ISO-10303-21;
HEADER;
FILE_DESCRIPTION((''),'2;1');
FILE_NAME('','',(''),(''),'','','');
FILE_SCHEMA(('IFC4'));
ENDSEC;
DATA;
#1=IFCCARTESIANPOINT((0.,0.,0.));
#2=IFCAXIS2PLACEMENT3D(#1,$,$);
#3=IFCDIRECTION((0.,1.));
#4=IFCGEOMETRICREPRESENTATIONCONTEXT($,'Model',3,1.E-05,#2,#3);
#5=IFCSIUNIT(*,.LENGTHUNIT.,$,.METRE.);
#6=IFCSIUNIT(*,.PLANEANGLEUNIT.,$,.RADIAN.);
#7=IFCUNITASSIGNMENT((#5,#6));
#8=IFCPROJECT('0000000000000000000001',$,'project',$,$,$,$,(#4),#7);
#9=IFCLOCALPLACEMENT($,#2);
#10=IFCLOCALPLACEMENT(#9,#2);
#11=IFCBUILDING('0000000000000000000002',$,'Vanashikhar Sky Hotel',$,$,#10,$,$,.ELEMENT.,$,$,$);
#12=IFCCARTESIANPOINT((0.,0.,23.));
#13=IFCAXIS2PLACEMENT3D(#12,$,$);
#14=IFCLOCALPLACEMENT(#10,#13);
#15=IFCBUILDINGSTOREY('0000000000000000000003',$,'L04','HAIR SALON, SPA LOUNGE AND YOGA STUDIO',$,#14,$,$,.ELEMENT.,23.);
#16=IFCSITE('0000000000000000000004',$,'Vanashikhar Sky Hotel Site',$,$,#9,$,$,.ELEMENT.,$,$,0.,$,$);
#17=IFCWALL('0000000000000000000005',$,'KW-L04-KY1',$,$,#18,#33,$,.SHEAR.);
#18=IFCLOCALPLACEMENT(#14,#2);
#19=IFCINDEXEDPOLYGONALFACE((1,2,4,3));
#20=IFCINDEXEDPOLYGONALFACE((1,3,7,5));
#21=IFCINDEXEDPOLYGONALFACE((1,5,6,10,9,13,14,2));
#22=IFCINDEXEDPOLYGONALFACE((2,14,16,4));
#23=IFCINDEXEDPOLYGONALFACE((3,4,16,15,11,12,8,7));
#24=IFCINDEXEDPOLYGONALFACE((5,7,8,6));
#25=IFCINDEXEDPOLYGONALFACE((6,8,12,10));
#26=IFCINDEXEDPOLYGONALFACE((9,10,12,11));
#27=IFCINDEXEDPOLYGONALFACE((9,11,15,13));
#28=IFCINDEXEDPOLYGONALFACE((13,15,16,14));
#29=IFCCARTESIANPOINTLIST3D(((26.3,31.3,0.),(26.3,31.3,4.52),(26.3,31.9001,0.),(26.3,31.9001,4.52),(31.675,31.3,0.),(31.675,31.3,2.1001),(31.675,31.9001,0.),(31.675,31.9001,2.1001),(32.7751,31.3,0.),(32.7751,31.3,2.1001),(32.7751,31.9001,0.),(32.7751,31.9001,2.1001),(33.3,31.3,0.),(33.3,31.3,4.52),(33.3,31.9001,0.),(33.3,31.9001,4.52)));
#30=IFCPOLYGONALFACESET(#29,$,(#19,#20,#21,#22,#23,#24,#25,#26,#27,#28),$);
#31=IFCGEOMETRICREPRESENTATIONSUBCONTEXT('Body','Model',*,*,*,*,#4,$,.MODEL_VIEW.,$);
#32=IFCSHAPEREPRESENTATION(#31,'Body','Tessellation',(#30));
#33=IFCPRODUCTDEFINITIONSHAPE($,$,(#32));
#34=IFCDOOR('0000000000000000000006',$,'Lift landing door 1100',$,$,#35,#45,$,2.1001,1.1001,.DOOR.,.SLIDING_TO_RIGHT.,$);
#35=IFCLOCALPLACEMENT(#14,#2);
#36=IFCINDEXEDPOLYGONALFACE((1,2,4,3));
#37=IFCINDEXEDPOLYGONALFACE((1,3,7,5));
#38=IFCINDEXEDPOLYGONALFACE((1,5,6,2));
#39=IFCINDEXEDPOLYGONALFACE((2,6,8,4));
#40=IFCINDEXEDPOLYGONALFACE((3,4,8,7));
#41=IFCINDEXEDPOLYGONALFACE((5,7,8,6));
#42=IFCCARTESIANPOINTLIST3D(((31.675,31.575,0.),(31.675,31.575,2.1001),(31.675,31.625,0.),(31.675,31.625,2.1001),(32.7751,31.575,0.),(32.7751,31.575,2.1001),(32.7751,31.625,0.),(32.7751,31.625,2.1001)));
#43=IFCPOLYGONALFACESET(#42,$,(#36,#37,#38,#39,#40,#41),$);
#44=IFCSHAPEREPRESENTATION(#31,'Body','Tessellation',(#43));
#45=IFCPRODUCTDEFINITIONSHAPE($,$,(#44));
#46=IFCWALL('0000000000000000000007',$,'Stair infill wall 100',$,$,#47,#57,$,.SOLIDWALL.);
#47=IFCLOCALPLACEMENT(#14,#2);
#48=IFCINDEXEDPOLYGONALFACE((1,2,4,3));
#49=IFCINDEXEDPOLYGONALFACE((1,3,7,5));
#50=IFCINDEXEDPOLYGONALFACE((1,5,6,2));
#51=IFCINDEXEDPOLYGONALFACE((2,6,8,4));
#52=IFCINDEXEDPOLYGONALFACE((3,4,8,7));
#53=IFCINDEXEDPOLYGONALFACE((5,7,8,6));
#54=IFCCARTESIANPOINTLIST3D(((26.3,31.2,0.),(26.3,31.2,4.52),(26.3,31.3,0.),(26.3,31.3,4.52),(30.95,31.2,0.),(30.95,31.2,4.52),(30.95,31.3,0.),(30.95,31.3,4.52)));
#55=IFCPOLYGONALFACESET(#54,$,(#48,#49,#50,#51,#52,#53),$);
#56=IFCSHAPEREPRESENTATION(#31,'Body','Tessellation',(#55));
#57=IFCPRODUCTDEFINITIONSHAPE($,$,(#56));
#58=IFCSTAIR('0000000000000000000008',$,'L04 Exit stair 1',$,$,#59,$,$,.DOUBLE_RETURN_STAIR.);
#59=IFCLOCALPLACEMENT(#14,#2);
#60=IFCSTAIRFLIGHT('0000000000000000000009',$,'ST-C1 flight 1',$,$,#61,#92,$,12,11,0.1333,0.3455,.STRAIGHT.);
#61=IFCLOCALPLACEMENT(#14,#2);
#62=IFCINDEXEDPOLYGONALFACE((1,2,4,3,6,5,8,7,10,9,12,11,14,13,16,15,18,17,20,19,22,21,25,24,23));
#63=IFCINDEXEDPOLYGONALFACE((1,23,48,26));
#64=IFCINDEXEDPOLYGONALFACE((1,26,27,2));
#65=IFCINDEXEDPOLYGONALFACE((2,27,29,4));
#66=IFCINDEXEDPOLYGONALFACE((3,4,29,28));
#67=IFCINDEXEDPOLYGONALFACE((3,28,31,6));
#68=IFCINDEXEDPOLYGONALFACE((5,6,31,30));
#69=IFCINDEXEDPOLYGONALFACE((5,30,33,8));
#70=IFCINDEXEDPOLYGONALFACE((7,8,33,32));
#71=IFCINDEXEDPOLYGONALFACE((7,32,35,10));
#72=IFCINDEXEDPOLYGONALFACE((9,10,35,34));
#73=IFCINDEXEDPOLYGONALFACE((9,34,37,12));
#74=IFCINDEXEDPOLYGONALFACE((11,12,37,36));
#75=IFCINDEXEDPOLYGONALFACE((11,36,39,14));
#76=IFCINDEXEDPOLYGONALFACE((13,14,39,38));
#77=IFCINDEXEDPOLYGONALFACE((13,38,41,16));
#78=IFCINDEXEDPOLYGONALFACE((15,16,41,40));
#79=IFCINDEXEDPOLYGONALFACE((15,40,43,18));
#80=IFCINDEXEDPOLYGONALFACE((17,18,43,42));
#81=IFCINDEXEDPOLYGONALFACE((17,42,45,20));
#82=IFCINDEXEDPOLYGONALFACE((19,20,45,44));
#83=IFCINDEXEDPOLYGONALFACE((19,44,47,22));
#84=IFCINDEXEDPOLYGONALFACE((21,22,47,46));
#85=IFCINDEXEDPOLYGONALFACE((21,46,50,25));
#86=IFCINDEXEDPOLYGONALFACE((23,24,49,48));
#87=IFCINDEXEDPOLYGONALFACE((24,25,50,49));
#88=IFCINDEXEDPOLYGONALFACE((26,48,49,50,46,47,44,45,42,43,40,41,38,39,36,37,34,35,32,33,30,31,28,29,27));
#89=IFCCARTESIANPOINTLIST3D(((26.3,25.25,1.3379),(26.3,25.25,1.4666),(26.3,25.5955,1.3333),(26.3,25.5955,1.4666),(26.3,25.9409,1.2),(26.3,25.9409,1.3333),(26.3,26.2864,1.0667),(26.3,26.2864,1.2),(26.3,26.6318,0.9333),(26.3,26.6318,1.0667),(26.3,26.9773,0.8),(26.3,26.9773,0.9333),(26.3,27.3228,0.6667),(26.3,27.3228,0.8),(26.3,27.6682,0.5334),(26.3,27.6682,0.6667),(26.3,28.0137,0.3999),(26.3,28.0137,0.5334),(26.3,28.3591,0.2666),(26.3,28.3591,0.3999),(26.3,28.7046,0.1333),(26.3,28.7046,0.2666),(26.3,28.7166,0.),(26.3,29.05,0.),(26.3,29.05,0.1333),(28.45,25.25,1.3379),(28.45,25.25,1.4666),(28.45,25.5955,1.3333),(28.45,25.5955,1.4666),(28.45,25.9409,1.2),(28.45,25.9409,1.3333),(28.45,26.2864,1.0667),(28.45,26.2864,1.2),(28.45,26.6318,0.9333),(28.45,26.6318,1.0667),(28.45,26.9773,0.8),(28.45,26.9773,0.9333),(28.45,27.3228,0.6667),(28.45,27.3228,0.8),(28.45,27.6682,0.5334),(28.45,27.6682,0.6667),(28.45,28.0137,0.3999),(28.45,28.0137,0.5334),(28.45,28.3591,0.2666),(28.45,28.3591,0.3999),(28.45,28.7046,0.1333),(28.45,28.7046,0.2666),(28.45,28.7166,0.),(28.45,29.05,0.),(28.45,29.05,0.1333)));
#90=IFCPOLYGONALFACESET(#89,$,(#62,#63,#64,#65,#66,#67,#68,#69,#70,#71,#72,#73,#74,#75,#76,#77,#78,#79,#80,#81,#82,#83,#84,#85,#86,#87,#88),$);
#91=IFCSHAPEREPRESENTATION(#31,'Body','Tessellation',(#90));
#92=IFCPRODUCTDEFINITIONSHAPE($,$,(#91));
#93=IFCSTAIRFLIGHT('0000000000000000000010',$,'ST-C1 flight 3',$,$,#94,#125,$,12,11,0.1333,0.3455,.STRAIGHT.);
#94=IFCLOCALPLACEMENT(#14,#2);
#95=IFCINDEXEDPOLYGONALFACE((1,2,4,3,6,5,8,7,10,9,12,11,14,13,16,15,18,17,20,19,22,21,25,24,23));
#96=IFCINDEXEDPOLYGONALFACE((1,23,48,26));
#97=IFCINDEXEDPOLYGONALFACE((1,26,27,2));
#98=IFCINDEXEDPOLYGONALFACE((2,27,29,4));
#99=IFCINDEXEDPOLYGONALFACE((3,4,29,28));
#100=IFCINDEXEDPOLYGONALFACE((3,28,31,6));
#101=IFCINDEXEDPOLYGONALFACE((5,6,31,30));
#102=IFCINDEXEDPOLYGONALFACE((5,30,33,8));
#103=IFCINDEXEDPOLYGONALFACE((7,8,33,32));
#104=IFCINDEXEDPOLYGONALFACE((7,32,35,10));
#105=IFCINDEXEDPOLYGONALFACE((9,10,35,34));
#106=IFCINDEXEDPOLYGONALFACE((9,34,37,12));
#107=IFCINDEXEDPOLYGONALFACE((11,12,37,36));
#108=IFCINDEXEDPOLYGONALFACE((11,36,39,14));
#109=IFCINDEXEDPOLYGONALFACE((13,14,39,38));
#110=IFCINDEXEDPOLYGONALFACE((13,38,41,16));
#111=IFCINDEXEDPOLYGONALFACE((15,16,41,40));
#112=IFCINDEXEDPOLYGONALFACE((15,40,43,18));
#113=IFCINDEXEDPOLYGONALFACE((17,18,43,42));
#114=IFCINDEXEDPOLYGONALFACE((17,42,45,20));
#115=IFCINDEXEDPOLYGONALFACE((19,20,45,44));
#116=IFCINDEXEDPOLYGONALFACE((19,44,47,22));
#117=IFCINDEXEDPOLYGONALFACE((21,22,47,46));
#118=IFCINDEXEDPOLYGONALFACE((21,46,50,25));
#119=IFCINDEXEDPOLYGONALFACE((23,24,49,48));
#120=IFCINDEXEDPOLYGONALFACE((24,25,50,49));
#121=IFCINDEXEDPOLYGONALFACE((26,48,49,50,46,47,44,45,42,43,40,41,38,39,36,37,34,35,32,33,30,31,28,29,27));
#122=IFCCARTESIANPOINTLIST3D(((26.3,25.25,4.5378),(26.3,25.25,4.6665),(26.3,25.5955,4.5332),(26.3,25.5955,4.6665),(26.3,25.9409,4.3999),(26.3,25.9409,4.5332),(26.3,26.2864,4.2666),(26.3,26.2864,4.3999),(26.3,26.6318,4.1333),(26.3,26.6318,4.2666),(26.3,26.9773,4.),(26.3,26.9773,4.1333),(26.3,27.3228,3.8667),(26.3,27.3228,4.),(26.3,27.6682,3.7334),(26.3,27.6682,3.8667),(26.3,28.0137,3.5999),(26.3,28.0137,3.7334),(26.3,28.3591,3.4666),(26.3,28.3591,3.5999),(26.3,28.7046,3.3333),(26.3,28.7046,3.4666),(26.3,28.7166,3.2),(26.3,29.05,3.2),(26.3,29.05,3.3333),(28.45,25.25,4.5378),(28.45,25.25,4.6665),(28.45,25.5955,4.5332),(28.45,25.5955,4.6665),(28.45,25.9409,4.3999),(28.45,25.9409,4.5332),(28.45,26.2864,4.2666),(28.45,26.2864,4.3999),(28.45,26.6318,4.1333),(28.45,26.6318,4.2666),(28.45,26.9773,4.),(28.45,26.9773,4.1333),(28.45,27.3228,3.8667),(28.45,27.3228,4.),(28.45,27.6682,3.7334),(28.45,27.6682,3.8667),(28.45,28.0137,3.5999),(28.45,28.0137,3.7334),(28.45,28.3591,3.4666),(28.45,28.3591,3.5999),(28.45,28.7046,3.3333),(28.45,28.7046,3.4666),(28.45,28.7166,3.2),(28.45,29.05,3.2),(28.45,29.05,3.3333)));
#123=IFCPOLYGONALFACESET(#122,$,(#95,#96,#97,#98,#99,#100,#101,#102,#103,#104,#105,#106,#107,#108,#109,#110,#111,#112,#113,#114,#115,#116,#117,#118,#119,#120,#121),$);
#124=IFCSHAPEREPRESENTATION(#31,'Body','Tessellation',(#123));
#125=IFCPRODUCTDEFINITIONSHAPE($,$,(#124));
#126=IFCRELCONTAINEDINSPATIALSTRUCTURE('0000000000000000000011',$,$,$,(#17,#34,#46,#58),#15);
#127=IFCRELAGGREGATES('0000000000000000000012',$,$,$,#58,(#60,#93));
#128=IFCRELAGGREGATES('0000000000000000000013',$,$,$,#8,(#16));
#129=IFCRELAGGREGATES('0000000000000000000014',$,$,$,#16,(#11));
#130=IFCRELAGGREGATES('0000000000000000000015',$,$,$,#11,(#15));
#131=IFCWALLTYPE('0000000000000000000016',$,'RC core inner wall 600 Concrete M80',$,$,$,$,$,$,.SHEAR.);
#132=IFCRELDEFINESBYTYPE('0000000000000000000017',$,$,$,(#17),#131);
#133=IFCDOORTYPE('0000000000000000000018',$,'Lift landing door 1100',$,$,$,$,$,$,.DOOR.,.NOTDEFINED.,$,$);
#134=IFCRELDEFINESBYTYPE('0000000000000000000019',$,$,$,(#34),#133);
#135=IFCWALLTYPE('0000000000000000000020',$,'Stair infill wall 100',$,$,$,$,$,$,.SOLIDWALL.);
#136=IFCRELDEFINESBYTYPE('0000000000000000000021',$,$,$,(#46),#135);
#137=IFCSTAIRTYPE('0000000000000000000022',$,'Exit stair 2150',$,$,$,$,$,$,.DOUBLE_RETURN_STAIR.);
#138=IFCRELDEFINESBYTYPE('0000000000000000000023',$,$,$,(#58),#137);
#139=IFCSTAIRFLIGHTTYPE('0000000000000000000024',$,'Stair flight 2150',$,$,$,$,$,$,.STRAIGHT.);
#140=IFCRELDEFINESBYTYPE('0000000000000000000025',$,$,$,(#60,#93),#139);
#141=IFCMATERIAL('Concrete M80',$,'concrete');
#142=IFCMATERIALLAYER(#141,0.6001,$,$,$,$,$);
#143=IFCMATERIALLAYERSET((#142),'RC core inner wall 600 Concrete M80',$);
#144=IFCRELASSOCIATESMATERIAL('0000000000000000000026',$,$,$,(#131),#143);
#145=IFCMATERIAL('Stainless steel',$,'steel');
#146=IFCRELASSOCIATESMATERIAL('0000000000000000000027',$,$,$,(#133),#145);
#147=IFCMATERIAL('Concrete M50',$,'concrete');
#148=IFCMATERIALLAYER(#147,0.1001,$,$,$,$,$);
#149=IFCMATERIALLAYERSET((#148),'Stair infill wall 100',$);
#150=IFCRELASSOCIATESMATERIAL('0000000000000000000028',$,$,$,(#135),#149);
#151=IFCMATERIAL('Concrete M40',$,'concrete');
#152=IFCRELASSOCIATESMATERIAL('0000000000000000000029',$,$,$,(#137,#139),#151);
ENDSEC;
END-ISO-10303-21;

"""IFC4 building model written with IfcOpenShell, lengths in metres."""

from ifc_helpers import new_model, si_unit, direction, frame, frame_2d, origin, place, context, subcontext, project, spatial, polyline, rectangle, outline, extrude, source, transform, mapped, material, layer, layer_set, type_object, element, fill, aggregate, save


model = new_model("IFC4")

# Units and contexts
model_context = context("Model", 3, precision=1e-05, world=origin(), true_north=direction((0.0, 1.0)))
body_context = subcontext(model_context, "Body", "Model", "MODEL_VIEW")
ifc_project = project(units=[si_unit("LENGTHUNIT", "METRE"), si_unit("PLANEANGLEUNIT", "RADIAN")], contexts=[model_context])

# Site, building, storey
site_placement = place(None, origin())
site = spatial("IfcSite", under=ifc_project, at=site_placement, Name="Vanashikhar Sky Hotel Site", CompositionType="ELEMENT", RefElevation=0.0)
building_placement = place(site_placement, origin())
building = spatial("IfcBuilding", under=site, at=building_placement, Name="Vanashikhar Sky Hotel", CompositionType="ELEMENT")
storey_placement = place(building_placement, frame((0.0, 0.0, 23.0)))
storey = spatial("IfcBuildingStorey", under=building, at=storey_placement, Name="L04", Description="HAIR SALON, SPA LOUNGE AND YOGA STUDIO", CompositionType="ELEMENT", Elevation=23.0)

# Shared definitions
ifc_material_1 = material(Name="Concrete M80", Category="concrete")

# Wall, opening, door
ifc_layer_1 = layer(ifc_material_1, 0.6001)
ifc_layer_set_1 = layer_set([ifc_layer_1], Name="RC core inner wall 600 Concrete M80")
wall_type_1 = type_object("IfcWallType", Name="RC core inner wall 600 Concrete M80", PredefinedType="SHEAR", material=ifc_layer_set_1)
shared_shape_1 = source(origin(), body_context, "Body", "SweptSolid", [
    extrude(rectangle(XDim=7.0, YDim=0.6001, at=frame_2d((3.5, 0.0))), origin(), (0.0, 0.0, 1.0), 4.52),
])
wall_1_placement = place(storey_placement, frame((26.3, 31.6001, 0.0), z_axis=(0.0, 0.0, 1.0), x_axis=(1.0, 0.0, 0.0)))
wall_1 = element("IfcWall", 1, at=wall_1_placement, inside=storey, type_object=wall_type_1, Name="KW-L04-KY1", PredefinedType="SHEAR", context=body_context, shape_type="MappedRepresentation", body=[
    mapped(shared_shape_1, transform((0.0, 0.0, 0.0), scale=1.0)),
])
shared_shape_2 = source(origin(), body_context, "Body", "SweptSolid", [
    extrude(rectangle(XDim=1.1001, YDim=2.1001, at=frame_2d((0.55, 1.05))), frame((0.0, 0.3101, 0.0), z_axis=(0.0, -1.0, 0.0), x_axis=(1.0, 0.0, 0.0)), (0.0, 0.0, 1.0), 0.6201),
])
opening_1_placement = place(wall_1_placement, frame((5.375, 0.0, 0.0)))
opening_1 = element("IfcOpeningElement", 2, at=opening_1_placement, cuts=wall_1, PredefinedType="OPENING", context=body_context, shape_type="MappedRepresentation", body=[
    mapped(shared_shape_2, transform((0.0, 0.0, 0.0), scale=1.0)),
])
ifc_material_2 = material(Name="Stainless steel", Category="steel")
door_type_1 = type_object("IfcDoorType", Name="Lift landing door 1100", OperationType="NOTDEFINED", PredefinedType="DOOR", material=ifc_material_2)
shared_shape_3 = source(origin(), body_context, "Body", "SweptSolid", [
    extrude(rectangle(XDim=1.1001, YDim=2.1001, at=frame_2d((0.55, 1.05))), frame((0.0, 0.0249, 0.0), z_axis=(0.0, -1.0, 0.0), x_axis=(1.0, 0.0, 0.0)), (0.0, 0.0, 1.0), 0.05),
])
door_1_placement = place(opening_1_placement, origin())
door_1 = element("IfcDoor", 3, at=door_1_placement, inside=storey, type_object=door_type_1, Name="Lift landing door 1100", OperationType="SLIDING_TO_RIGHT", OverallHeight=2.1001, OverallWidth=1.1001, PredefinedType="DOOR", context=body_context, shape_type="MappedRepresentation", body=[
    mapped(shared_shape_3, transform((0.0, 0.0, 0.0), scale=1.0)),
])
fill(opening_1, door_1)

# Wall
ifc_material_3 = material(Name="Concrete M50", Category="concrete")
ifc_layer_2 = layer(ifc_material_3, 0.1001)
ifc_layer_set_2 = layer_set([ifc_layer_2], Name="Stair infill wall 100")
wall_type_2 = type_object("IfcWallType", Name="Stair infill wall 100", PredefinedType="SOLIDWALL", material=ifc_layer_set_2)
shared_shape_4 = source(origin(), body_context, "Body", "SweptSolid", [
    extrude(rectangle(XDim=4.6499, YDim=0.1001, at=frame_2d((2.325, 0.0))), origin(), (0.0, 0.0, 1.0), 4.52),
])
wall_2_placement = place(storey_placement, frame((26.3, 31.25, 0.0), z_axis=(0.0, 0.0, 1.0), x_axis=(1.0, 0.0, 0.0)))
element("IfcWall", 4, at=wall_2_placement, inside=storey, type_object=wall_type_2, Name="Stair infill wall 100", PredefinedType="SOLIDWALL", context=body_context, shape_type="MappedRepresentation", body=[
    mapped(shared_shape_4, transform((0.0, 0.0, 0.0), scale=1.0)),
])

# Stair, stair flights
ifc_material_4 = material(Name="Concrete M40", Category="concrete")
stair_type = type_object("IfcStairType", Name="Exit stair 2150", PredefinedType="DOUBLE_RETURN_STAIR", material=ifc_material_4)
stair_placement = place(storey_placement, origin())
stair = element("IfcStair", 5, at=stair_placement, inside=storey, type_object=stair_type, Name="L04 Exit stair 1", PredefinedType="DOUBLE_RETURN_STAIR")
stair_flight_type = type_object("IfcStairFlightType", Name="Stair flight 2150", PredefinedType="STRAIGHT", material=ifc_material_4)
shared_shape_5 = source(origin(), body_context, "Body", "SweptSolid", [
    extrude(outline(polyline([(0.0, 0.0), (0.0, 0.1333), (0.3455, 0.1333), (0.3455, 0.2666), (0.6909, 0.2666), (0.6909, 0.3999), (1.0364, 0.3999), (1.0364, 0.5334), (1.3818, 0.5334), (1.3818, 0.6667), (1.7273, 0.6667), (1.7273, 0.8), (2.0728, 0.8), (2.0728, 0.9333), (2.4182, 0.9333), (2.4182, 1.0667), (2.7637, 1.0667), (2.7637, 1.2), (3.1091, 1.2), (3.1091, 1.3333), (3.4546, 1.3333), (3.4546, 1.4666), (3.8, 1.4666), (3.8, 1.6001), (3.8, 1.3379), (0.3335, 0.0), (0.0, 0.0)])), frame((0.0, 1.075, 0.0), z_axis=(0.0, -1.0, 0.0), x_axis=(1.0, 0.0, 0.0)), (0.0, 0.0, 1.0), 2.1499),
])
stair_flight_1_placement = place(storey_placement, frame((27.375, 29.05, 0.0), z_axis=(0.0, 0.0, 1.0), x_axis=(0.0, -1.0, 0.0)))
stair_flight_1 = element("IfcStairFlight", 6, at=stair_flight_1_placement, type_object=stair_flight_type, Name="ST-C1 flight 1", NumberOfRisers=12, NumberOfTreads=11, PredefinedType="STRAIGHT", RiserHeight=0.1333, TreadLength=0.3455, context=body_context, shape_type="MappedRepresentation", body=[
    mapped(shared_shape_5, transform((0.0, 0.0, 0.0), scale=1.0)),
])
stair_flight_2_placement = place(storey_placement, frame((27.375, 29.05, 3.2), z_axis=(0.0, 0.0, 1.0), x_axis=(0.0, -1.0, 0.0)))
stair_flight_2 = element("IfcStairFlight", 7, at=stair_flight_2_placement, type_object=stair_flight_type, Name="ST-C1 flight 3", NumberOfRisers=12, NumberOfTreads=11, PredefinedType="STRAIGHT", RiserHeight=0.1333, TreadLength=0.3455, context=body_context, shape_type="MappedRepresentation", body=[
    mapped(shared_shape_5, transform((0.0, 0.0, 0.0), scale=1.0)),
])
aggregate(stair, [stair_flight_1, stair_flight_2])

save(model, "model.ifc")
